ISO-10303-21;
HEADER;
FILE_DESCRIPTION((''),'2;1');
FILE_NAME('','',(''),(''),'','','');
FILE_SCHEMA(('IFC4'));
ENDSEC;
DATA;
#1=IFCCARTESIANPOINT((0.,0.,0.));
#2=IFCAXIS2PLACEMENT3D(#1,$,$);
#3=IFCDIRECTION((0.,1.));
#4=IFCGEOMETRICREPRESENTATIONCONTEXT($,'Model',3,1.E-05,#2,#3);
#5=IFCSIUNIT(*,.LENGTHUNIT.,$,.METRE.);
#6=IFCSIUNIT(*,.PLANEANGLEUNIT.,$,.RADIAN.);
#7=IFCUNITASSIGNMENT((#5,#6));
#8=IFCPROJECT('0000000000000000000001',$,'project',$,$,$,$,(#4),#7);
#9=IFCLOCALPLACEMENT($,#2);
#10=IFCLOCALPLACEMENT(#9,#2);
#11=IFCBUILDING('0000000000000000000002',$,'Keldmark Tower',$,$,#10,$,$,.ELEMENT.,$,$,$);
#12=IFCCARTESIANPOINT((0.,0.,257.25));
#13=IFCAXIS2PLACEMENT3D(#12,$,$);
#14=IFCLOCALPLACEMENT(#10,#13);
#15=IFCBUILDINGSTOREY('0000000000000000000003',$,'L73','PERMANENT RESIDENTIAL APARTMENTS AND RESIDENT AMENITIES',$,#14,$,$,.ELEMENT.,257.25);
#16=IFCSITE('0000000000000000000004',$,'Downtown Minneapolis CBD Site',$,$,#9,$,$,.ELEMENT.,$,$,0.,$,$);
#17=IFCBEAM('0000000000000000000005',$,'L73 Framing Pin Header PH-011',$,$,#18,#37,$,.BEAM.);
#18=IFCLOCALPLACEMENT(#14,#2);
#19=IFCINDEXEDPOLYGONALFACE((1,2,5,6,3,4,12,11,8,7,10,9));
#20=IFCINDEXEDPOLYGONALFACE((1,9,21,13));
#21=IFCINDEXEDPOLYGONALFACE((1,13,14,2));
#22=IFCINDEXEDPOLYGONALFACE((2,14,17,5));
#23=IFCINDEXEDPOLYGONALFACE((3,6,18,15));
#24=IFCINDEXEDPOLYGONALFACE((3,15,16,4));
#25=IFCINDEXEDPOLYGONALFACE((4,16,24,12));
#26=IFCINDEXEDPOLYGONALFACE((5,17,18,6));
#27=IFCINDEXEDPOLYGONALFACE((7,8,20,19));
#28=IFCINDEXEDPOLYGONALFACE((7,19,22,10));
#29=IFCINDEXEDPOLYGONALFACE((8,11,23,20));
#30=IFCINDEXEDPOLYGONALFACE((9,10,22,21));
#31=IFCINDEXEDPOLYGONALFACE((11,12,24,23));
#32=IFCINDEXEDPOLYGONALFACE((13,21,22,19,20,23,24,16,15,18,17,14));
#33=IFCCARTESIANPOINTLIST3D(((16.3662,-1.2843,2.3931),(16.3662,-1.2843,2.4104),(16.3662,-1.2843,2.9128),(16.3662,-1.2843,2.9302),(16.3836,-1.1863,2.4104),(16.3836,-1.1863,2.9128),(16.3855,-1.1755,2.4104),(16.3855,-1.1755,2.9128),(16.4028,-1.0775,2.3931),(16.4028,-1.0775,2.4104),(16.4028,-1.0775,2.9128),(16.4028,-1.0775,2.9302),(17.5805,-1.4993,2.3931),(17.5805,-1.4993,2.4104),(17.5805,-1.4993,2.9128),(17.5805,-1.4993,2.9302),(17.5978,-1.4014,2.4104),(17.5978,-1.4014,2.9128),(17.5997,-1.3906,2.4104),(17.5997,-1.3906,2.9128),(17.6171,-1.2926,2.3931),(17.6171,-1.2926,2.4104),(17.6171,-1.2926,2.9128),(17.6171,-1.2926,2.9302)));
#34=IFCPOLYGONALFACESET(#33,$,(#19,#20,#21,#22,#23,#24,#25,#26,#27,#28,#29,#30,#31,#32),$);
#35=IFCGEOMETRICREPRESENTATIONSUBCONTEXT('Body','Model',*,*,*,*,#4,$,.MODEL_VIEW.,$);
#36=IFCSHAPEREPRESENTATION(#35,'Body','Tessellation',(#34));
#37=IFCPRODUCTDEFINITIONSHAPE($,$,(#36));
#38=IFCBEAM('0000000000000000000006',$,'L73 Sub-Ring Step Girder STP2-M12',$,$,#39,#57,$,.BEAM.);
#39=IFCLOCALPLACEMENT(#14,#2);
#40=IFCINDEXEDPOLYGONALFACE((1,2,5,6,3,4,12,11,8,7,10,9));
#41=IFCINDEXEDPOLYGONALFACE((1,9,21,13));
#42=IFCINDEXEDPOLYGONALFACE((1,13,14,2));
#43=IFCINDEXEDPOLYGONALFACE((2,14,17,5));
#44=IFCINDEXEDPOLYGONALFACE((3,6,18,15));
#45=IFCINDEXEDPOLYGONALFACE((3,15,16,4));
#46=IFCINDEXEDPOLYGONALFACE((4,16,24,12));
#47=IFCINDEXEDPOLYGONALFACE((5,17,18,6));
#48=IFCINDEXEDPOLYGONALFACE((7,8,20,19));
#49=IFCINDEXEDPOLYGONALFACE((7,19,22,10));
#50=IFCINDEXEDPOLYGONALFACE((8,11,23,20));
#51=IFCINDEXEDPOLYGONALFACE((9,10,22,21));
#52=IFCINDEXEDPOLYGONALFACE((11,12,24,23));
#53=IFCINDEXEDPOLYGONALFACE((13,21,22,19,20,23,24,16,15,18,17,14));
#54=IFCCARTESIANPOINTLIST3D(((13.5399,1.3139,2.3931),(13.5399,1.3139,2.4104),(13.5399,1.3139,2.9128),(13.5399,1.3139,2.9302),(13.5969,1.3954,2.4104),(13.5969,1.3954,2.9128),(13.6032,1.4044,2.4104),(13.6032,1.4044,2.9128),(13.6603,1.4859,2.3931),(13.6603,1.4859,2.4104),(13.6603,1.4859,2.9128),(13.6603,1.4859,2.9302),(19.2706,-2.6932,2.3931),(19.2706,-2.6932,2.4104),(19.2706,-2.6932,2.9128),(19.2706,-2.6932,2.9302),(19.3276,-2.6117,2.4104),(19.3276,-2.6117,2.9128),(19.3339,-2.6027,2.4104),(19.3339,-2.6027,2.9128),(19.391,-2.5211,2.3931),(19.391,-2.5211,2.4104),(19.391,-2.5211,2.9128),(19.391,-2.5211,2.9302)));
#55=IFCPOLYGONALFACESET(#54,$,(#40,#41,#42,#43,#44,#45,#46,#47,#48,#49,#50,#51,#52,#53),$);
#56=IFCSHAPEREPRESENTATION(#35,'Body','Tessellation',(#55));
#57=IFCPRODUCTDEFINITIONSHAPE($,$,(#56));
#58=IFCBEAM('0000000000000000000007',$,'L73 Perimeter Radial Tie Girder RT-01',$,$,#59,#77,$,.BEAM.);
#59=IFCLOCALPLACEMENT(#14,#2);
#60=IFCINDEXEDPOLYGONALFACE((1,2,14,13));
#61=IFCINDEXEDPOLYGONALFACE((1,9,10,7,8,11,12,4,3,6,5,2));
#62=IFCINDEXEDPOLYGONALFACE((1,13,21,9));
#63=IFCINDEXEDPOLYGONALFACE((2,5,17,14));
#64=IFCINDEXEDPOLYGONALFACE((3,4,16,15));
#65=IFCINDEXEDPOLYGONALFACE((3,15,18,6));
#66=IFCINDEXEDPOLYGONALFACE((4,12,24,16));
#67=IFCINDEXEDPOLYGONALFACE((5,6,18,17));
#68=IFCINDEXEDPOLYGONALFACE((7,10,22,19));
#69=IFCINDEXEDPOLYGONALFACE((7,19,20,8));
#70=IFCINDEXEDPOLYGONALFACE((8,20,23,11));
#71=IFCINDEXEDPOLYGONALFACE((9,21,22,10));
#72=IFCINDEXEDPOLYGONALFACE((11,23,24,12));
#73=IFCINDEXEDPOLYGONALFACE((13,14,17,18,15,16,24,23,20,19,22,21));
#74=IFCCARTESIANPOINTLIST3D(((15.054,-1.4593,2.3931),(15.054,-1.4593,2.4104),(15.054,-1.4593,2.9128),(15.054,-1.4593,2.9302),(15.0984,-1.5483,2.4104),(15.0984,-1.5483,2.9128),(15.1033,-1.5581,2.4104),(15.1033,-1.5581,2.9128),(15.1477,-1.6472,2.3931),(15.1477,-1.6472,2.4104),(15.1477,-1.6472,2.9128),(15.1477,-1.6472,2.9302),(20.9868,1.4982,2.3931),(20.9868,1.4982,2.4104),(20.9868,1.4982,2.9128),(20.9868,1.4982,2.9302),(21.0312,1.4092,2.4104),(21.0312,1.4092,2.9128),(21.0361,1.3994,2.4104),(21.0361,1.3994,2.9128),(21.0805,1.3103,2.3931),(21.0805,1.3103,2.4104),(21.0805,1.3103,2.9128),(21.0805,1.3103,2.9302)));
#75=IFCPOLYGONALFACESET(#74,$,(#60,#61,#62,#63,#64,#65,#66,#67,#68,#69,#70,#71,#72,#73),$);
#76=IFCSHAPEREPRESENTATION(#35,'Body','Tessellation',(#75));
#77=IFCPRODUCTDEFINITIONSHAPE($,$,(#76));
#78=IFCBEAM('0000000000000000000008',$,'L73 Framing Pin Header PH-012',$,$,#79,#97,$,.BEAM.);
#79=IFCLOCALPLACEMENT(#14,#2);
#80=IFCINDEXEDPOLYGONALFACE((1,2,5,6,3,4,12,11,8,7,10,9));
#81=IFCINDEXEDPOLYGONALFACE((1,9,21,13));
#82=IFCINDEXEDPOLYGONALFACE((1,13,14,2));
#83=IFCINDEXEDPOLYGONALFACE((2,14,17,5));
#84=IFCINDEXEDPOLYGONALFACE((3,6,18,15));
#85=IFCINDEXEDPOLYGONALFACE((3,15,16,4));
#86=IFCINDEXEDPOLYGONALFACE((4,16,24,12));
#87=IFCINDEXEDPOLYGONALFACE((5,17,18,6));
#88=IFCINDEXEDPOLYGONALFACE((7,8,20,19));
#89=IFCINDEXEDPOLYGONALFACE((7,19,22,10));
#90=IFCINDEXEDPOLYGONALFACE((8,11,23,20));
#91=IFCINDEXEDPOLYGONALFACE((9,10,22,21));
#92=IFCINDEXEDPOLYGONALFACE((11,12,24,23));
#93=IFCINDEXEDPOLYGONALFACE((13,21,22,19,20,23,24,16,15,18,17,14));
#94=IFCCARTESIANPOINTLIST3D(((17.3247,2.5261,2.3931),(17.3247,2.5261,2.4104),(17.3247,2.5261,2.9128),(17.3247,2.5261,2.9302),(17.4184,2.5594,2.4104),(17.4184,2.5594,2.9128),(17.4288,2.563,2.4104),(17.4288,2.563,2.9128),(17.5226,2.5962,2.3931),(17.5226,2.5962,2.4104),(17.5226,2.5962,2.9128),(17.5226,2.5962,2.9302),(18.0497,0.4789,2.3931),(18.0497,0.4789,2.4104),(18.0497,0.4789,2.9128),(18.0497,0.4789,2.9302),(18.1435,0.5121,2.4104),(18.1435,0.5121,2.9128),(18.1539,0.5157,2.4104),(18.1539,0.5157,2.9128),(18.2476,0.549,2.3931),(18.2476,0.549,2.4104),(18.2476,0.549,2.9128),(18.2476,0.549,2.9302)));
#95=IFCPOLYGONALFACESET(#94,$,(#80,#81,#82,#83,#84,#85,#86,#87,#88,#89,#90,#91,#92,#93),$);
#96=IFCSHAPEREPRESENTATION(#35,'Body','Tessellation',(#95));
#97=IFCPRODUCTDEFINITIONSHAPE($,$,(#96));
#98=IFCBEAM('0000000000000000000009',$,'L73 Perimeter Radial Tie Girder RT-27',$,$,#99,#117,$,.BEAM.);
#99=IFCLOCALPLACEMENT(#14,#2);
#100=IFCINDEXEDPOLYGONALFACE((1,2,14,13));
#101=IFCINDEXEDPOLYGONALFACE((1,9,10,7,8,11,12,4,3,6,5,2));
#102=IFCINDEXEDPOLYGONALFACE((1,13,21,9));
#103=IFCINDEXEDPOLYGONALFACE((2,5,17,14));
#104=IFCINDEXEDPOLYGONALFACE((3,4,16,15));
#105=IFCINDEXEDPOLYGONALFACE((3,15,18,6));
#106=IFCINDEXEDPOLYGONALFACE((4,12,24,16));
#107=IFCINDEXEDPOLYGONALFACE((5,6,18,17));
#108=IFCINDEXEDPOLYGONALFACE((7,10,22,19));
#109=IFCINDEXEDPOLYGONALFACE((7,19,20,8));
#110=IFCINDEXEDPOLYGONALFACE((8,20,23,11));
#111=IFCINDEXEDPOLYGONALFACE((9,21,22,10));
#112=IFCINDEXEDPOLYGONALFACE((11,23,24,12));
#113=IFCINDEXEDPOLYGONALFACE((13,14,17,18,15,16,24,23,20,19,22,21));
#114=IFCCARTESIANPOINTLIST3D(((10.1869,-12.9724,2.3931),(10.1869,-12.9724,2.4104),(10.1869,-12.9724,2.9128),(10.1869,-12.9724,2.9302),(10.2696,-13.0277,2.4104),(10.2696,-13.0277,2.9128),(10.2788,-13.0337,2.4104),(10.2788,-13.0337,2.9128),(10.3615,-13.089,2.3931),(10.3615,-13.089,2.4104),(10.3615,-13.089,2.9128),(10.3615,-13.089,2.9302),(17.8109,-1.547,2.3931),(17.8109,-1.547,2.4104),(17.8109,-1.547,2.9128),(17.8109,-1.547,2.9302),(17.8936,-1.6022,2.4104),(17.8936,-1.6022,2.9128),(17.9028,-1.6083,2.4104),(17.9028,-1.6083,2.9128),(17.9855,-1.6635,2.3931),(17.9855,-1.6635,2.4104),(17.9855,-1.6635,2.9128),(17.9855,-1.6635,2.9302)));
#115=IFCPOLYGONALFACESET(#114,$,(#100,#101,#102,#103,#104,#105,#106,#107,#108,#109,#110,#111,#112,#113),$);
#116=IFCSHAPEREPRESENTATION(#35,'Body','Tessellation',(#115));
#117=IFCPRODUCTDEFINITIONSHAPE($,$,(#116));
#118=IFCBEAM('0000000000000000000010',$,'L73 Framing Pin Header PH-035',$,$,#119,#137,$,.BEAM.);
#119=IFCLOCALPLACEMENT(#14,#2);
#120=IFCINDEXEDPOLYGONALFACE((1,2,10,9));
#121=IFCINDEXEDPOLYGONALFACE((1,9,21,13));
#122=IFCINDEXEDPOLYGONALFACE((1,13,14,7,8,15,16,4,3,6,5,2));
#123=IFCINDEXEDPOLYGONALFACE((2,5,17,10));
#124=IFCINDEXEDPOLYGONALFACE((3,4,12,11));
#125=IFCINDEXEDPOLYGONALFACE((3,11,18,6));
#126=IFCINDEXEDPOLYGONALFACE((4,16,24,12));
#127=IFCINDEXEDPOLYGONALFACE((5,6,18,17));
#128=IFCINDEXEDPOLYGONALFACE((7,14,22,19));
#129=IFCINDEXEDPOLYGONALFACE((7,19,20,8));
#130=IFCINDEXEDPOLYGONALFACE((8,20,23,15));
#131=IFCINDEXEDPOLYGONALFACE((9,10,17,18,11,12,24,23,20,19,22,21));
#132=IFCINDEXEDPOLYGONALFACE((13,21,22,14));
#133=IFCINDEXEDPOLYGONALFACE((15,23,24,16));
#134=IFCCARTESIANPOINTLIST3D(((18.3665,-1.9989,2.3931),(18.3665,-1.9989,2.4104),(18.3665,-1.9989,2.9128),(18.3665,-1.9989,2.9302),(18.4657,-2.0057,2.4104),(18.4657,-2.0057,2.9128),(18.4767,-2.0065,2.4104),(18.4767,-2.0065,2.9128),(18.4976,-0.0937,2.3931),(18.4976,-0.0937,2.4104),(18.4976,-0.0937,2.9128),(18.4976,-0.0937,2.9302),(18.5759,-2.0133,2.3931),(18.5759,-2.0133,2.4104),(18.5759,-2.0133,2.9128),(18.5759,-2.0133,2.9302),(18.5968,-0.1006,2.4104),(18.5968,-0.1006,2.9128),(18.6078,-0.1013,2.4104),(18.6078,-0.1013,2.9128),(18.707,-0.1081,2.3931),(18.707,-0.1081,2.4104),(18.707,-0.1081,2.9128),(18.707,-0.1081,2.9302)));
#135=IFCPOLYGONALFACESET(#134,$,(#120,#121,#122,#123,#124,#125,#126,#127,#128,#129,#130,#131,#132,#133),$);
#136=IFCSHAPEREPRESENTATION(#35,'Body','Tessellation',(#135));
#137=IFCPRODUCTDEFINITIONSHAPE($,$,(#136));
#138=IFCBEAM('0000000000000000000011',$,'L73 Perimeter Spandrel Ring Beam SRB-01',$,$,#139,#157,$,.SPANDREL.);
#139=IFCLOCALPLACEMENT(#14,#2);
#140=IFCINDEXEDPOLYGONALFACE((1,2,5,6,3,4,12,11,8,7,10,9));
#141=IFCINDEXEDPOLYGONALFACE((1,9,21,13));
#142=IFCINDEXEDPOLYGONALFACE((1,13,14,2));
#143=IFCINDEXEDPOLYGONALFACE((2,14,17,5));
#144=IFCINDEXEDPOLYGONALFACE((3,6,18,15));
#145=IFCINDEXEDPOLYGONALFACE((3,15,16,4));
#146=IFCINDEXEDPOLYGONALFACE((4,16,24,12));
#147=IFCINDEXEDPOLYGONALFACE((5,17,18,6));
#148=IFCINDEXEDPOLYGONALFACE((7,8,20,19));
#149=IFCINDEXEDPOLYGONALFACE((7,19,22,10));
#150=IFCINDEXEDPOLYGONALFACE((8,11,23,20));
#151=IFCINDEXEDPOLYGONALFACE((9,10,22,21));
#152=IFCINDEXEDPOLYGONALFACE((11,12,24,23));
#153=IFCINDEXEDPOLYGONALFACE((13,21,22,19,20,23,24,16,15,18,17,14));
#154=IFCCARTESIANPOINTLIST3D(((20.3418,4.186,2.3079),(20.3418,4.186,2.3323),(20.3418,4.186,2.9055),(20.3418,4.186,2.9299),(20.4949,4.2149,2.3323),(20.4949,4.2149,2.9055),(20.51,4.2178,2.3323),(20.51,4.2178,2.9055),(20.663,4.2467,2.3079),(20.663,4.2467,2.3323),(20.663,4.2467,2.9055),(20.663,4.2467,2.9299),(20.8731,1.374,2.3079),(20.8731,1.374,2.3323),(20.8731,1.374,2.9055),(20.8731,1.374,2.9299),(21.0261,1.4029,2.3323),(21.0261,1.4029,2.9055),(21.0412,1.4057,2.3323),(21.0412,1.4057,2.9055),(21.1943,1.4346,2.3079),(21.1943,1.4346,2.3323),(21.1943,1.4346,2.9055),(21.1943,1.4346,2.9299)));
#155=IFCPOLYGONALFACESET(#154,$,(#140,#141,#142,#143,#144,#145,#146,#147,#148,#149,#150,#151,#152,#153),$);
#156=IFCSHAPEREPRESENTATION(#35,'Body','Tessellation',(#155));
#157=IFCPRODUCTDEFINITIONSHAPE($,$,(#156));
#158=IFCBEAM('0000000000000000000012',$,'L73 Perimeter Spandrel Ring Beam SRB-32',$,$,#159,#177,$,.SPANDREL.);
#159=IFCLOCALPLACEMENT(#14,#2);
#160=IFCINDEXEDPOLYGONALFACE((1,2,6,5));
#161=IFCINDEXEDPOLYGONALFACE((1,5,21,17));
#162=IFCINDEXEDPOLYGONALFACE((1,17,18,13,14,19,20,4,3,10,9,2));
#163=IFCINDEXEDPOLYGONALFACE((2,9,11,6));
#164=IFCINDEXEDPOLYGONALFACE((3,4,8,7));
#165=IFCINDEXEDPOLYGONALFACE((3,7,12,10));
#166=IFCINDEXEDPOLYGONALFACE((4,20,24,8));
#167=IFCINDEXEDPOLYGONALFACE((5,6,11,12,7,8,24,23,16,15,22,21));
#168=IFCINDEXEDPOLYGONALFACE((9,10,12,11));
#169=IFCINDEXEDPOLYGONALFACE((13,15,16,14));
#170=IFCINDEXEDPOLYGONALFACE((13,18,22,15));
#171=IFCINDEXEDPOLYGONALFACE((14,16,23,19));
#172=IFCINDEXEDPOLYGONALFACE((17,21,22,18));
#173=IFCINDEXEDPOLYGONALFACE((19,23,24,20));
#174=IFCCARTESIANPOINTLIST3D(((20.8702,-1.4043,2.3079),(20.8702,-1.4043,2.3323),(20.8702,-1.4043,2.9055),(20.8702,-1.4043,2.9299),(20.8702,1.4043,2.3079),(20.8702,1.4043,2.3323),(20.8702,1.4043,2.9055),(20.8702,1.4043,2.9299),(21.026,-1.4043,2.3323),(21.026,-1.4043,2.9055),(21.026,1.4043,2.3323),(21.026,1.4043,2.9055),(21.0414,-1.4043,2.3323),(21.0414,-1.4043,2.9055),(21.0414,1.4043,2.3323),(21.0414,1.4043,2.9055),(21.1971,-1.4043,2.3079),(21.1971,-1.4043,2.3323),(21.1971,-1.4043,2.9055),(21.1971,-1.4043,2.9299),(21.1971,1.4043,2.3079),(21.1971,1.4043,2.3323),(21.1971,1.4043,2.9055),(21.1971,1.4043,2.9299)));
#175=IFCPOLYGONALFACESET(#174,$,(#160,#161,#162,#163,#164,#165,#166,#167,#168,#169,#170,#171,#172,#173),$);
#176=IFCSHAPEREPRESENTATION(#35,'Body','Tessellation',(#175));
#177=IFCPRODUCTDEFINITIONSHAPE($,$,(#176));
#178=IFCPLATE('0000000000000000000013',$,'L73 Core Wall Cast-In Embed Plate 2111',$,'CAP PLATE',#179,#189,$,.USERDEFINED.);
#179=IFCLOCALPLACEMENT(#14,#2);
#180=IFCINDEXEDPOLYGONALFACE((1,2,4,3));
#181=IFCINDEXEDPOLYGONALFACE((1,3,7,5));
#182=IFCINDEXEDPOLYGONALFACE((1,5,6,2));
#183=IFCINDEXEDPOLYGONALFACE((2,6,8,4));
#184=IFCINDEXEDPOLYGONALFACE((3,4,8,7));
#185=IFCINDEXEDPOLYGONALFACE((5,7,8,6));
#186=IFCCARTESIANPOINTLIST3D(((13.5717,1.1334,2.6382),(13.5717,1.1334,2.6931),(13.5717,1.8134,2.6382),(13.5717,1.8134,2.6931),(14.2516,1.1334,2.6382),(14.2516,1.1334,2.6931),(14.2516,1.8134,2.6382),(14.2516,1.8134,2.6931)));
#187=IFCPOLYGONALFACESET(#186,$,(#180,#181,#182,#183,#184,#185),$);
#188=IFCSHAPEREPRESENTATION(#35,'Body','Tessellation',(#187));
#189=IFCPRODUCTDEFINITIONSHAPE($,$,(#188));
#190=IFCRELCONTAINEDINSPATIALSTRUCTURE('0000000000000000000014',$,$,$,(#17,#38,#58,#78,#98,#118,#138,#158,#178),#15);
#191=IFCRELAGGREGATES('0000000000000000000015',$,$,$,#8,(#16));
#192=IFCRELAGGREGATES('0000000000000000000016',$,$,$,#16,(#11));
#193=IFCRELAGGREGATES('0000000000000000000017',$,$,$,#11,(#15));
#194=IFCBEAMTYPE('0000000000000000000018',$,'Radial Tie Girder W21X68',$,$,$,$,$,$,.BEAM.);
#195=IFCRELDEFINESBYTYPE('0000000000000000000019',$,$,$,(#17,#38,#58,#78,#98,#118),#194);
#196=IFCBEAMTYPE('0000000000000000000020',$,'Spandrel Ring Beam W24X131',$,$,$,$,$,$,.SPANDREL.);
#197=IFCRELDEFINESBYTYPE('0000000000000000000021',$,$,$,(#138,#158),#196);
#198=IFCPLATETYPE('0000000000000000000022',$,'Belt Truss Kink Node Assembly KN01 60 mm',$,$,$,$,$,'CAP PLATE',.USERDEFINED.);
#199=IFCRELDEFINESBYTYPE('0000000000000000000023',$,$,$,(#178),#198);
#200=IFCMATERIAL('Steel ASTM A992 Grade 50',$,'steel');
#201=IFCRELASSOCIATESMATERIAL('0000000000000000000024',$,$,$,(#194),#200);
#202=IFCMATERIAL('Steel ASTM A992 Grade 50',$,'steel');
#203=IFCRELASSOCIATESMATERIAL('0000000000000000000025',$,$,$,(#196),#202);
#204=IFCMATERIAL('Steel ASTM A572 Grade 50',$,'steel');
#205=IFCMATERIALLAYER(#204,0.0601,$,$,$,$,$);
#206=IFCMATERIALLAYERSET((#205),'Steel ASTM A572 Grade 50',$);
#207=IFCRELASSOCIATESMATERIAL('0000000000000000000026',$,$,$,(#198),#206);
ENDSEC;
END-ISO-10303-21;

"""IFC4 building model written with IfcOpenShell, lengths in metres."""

from ifc_helpers import new_model, si_unit, direction, frame, origin, origin_2d, place, context, subcontext, project, spatial, rectangle, i_section, extrude, material, layer, layer_set, material_profile, profile_set, type_object, element, save


model = new_model("IFC4")

# Units and contexts
model_context = context("Model", 3, precision=1e-05, world=origin(), true_north=direction((0.0, 1.0)))
body_context = subcontext(model_context, "Body", "Model", "MODEL_VIEW")
ifc_project = project(units=[si_unit("LENGTHUNIT", "METRE"), si_unit("PLANEANGLEUNIT", "RADIAN")], contexts=[model_context])

# Site, building, storey
site_placement = place(None, origin())
site = spatial("IfcSite", under=ifc_project, at=site_placement, Name="Downtown Minneapolis CBD Site", CompositionType="ELEMENT", RefElevation=0.0)
building_placement = place(site_placement, origin())
building = spatial("IfcBuilding", under=site, at=building_placement, Name="Keldmark Tower", CompositionType="ELEMENT")
storey_placement = place(building_placement, frame((0.0, 0.0, 257.25)))
storey = spatial("IfcBuildingStorey", under=building, at=storey_placement, Name="L73", Description="PERMANENT RESIDENTIAL APARTMENTS AND RESIDENT AMENITIES", CompositionType="ELEMENT", Elevation=257.25)

# Beams
ifc_material_1 = material(Name="Steel ASTM A992 Grade 50", Category="steel")
ifc_material_profile_1 = material_profile(ifc_material_1, i_section(OverallWidth=0.21, OverallDepth=0.5371, WebThickness=0.011, FlangeThickness=0.0173, at=origin_2d()), Name="W21X68")
ifc_profile_set_1 = profile_set([ifc_material_profile_1], Name="Steel ASTM A992 Grade 50")
beam_type_1 = type_object("IfcBeamType", Name="Radial Tie Girder W21X68", PredefinedType="BEAM", material=ifc_profile_set_1)
beam_1_placement = place(storey_placement, frame((16.3845, -1.1809, 2.6616), z_axis=(0.984674, -0.174406, 0.0), x_axis=(0.174406, 0.984674, 0.0)))
element("IfcBeam", 1, at=beam_1_placement, inside=storey, type_object=beam_type_1, Name="L73 Framing Pin Header PH-011", PredefinedType="BEAM", context=body_context, shape_type="SweptSolid", body=[
    extrude(i_section(OverallWidth=0.21, OverallDepth=0.5371, WebThickness=0.011, FlangeThickness=0.0173, at=origin_2d()), origin(), (0.0, 0.0, 1.0), 1.2332),
])
beam_2_placement = place(storey_placement, frame((13.6001, 1.3999, 2.6616), z_axis=(0.819529, -0.573038, 0.0), x_axis=(0.573038, 0.819529, 0.0)))
element("IfcBeam", 2, at=beam_2_placement, inside=storey, type_object=beam_type_1, Name="L73 Sub-Ring Step Girder STP2-M12", PredefinedType="BEAM", context=body_context, shape_type="SweptSolid", body=[
    extrude(i_section(OverallWidth=0.21, OverallDepth=0.5371, WebThickness=0.011, FlangeThickness=0.0173, at=origin_2d()), origin(), (0.0, 0.0, 1.0), 6.9927),
])
beam_3_placement = place(storey_placement, frame((15.1008, -1.5532, 2.6616), z_axis=(0.894964, 0.446138, 0.0), x_axis=(-0.446138, 0.894964, 0.0)))
element("IfcBeam", 3, at=beam_3_placement, inside=storey, type_object=beam_type_1, Name="L73 Perimeter Radial Tie Girder RT-01", PredefinedType="BEAM", context=body_context, shape_type="SweptSolid", body=[
    extrude(i_section(OverallWidth=0.21, OverallDepth=0.5371, WebThickness=0.011, FlangeThickness=0.0173, at=origin_2d()), origin(), (0.0, 0.0, 1.0), 6.6292),
])
beam_4_placement = place(storey_placement, frame((18.1487, 0.5139, 2.6616), z_axis=(-0.333843, 0.942629, 0.0), x_axis=(-0.942629, -0.333843, 0.0)))
element("IfcBeam", 4, at=beam_4_placement, inside=storey, type_object=beam_type_1, Name="L73 Framing Pin Header PH-012", PredefinedType="BEAM", context=body_context, shape_type="SweptSolid", body=[
    extrude(i_section(OverallWidth=0.21, OverallDepth=0.5371, WebThickness=0.011, FlangeThickness=0.0173, at=origin_2d()), origin(), (0.0, 0.0, 1.0), 2.1719),
])
beam_5_placement = place(storey_placement, frame((17.8982, -1.6052, 2.6616), z_axis=(-0.555053, -0.831815, 0.0), x_axis=(0.831815, -0.555053, 0.0)))
element("IfcBeam", 5, at=beam_5_placement, inside=storey, type_object=beam_type_1, Name="L73 Perimeter Radial Tie Girder RT-27", PredefinedType="BEAM", context=body_context, shape_type="SweptSolid", body=[
    extrude(i_section(OverallWidth=0.21, OverallDepth=0.5371, WebThickness=0.011, FlangeThickness=0.0173, at=origin_2d()), origin(), (0.0, 0.0, 1.0), 13.7356),
])
beam_6_placement = place(storey_placement, frame((18.4712, -2.0061, 2.6616), z_axis=(0.068649, 0.997641, 0.0), x_axis=(-0.997641, 0.068649, 0.0)))
element("IfcBeam", 6, at=beam_6_placement, inside=storey, type_object=beam_type_1, Name="L73 Framing Pin Header PH-035", PredefinedType="BEAM", context=body_context, shape_type="SweptSolid", body=[
    extrude(i_section(OverallWidth=0.21, OverallDepth=0.5371, WebThickness=0.011, FlangeThickness=0.0173, at=origin_2d()), origin(), (0.0, 0.0, 1.0), 1.9097),
])
ifc_material_2 = material(Name="Steel ASTM A992 Grade 50", Category="steel")
ifc_material_profile_2 = material_profile(ifc_material_2, i_section(OverallWidth=0.3269, OverallDepth=0.6221, WebThickness=0.0154, FlangeThickness=0.0244, at=origin_2d()), Name="W24X131")
ifc_profile_set_2 = profile_set([ifc_material_profile_2], Name="Steel ASTM A992 Grade 50")
beam_type_2 = type_object("IfcBeamType", Name="Spandrel Ring Beam W24X131", PredefinedType="SPANDREL", material=ifc_profile_set_2)
beam_7_placement = place(storey_placement, frame((21.0337, 1.4043, 2.6189), z_axis=(-0.185638, 0.982618, 0.0), x_axis=(-0.982618, -0.185638, 0.0)))
element("IfcBeam", 7, at=beam_7_placement, inside=storey, type_object=beam_type_2, Name="L73 Perimeter Spandrel Ring Beam SRB-01", PredefinedType="SPANDREL", context=body_context, shape_type="SweptSolid", body=[
    extrude(i_section(OverallWidth=0.3269, OverallDepth=0.6221, WebThickness=0.0154, FlangeThickness=0.0244, at=origin_2d()), origin(), (0.0, 0.0, 1.0), 2.8618),
])
beam_8_placement = place(storey_placement, frame((21.0337, -1.4043, 2.6189), z_axis=(0.0, 1.0, 0.0), x_axis=(-1.0, 0.0, 0.0)))
element("IfcBeam", 8, at=beam_8_placement, inside=storey, type_object=beam_type_2, Name="L73 Perimeter Spandrel Ring Beam SRB-32", PredefinedType="SPANDREL", context=body_context, shape_type="SweptSolid", body=[
    extrude(i_section(OverallWidth=0.3269, OverallDepth=0.6221, WebThickness=0.0154, FlangeThickness=0.0244, at=origin_2d()), origin(), (0.0, 0.0, 1.0), 2.8086),
])

# Plate
ifc_material_3 = material(Name="Steel ASTM A572 Grade 50", Category="steel")
ifc_layer_1 = layer(ifc_material_3, 0.0601)
ifc_layer_set_1 = layer_set([ifc_layer_1], Name="Steel ASTM A572 Grade 50")
plate_type_1 = type_object("IfcPlateType", Name="Belt Truss Kink Node Assembly KN01 60 mm", ElementType="CAP PLATE", PredefinedType="USERDEFINED", material=ifc_layer_set_1)
plate_placement = place(storey_placement, frame((13.9116, 1.4734, 2.6382), z_axis=(0.0, 0.0, 1.0), x_axis=(1.0, 0.0, 0.0)))
element("IfcPlate", 9, at=plate_placement, inside=storey, type_object=plate_type_1, Name="L73 Core Wall Cast-In Embed Plate 2111", ObjectType="CAP PLATE", PredefinedType="USERDEFINED", context=body_context, shape_type="SweptSolid", body=[
    extrude(rectangle(XDim=0.6799, YDim=0.6799, at=origin_2d()), origin(), (0.0, 0.0, 1.0), 0.0549),
])

save(model, "model.ifc")
